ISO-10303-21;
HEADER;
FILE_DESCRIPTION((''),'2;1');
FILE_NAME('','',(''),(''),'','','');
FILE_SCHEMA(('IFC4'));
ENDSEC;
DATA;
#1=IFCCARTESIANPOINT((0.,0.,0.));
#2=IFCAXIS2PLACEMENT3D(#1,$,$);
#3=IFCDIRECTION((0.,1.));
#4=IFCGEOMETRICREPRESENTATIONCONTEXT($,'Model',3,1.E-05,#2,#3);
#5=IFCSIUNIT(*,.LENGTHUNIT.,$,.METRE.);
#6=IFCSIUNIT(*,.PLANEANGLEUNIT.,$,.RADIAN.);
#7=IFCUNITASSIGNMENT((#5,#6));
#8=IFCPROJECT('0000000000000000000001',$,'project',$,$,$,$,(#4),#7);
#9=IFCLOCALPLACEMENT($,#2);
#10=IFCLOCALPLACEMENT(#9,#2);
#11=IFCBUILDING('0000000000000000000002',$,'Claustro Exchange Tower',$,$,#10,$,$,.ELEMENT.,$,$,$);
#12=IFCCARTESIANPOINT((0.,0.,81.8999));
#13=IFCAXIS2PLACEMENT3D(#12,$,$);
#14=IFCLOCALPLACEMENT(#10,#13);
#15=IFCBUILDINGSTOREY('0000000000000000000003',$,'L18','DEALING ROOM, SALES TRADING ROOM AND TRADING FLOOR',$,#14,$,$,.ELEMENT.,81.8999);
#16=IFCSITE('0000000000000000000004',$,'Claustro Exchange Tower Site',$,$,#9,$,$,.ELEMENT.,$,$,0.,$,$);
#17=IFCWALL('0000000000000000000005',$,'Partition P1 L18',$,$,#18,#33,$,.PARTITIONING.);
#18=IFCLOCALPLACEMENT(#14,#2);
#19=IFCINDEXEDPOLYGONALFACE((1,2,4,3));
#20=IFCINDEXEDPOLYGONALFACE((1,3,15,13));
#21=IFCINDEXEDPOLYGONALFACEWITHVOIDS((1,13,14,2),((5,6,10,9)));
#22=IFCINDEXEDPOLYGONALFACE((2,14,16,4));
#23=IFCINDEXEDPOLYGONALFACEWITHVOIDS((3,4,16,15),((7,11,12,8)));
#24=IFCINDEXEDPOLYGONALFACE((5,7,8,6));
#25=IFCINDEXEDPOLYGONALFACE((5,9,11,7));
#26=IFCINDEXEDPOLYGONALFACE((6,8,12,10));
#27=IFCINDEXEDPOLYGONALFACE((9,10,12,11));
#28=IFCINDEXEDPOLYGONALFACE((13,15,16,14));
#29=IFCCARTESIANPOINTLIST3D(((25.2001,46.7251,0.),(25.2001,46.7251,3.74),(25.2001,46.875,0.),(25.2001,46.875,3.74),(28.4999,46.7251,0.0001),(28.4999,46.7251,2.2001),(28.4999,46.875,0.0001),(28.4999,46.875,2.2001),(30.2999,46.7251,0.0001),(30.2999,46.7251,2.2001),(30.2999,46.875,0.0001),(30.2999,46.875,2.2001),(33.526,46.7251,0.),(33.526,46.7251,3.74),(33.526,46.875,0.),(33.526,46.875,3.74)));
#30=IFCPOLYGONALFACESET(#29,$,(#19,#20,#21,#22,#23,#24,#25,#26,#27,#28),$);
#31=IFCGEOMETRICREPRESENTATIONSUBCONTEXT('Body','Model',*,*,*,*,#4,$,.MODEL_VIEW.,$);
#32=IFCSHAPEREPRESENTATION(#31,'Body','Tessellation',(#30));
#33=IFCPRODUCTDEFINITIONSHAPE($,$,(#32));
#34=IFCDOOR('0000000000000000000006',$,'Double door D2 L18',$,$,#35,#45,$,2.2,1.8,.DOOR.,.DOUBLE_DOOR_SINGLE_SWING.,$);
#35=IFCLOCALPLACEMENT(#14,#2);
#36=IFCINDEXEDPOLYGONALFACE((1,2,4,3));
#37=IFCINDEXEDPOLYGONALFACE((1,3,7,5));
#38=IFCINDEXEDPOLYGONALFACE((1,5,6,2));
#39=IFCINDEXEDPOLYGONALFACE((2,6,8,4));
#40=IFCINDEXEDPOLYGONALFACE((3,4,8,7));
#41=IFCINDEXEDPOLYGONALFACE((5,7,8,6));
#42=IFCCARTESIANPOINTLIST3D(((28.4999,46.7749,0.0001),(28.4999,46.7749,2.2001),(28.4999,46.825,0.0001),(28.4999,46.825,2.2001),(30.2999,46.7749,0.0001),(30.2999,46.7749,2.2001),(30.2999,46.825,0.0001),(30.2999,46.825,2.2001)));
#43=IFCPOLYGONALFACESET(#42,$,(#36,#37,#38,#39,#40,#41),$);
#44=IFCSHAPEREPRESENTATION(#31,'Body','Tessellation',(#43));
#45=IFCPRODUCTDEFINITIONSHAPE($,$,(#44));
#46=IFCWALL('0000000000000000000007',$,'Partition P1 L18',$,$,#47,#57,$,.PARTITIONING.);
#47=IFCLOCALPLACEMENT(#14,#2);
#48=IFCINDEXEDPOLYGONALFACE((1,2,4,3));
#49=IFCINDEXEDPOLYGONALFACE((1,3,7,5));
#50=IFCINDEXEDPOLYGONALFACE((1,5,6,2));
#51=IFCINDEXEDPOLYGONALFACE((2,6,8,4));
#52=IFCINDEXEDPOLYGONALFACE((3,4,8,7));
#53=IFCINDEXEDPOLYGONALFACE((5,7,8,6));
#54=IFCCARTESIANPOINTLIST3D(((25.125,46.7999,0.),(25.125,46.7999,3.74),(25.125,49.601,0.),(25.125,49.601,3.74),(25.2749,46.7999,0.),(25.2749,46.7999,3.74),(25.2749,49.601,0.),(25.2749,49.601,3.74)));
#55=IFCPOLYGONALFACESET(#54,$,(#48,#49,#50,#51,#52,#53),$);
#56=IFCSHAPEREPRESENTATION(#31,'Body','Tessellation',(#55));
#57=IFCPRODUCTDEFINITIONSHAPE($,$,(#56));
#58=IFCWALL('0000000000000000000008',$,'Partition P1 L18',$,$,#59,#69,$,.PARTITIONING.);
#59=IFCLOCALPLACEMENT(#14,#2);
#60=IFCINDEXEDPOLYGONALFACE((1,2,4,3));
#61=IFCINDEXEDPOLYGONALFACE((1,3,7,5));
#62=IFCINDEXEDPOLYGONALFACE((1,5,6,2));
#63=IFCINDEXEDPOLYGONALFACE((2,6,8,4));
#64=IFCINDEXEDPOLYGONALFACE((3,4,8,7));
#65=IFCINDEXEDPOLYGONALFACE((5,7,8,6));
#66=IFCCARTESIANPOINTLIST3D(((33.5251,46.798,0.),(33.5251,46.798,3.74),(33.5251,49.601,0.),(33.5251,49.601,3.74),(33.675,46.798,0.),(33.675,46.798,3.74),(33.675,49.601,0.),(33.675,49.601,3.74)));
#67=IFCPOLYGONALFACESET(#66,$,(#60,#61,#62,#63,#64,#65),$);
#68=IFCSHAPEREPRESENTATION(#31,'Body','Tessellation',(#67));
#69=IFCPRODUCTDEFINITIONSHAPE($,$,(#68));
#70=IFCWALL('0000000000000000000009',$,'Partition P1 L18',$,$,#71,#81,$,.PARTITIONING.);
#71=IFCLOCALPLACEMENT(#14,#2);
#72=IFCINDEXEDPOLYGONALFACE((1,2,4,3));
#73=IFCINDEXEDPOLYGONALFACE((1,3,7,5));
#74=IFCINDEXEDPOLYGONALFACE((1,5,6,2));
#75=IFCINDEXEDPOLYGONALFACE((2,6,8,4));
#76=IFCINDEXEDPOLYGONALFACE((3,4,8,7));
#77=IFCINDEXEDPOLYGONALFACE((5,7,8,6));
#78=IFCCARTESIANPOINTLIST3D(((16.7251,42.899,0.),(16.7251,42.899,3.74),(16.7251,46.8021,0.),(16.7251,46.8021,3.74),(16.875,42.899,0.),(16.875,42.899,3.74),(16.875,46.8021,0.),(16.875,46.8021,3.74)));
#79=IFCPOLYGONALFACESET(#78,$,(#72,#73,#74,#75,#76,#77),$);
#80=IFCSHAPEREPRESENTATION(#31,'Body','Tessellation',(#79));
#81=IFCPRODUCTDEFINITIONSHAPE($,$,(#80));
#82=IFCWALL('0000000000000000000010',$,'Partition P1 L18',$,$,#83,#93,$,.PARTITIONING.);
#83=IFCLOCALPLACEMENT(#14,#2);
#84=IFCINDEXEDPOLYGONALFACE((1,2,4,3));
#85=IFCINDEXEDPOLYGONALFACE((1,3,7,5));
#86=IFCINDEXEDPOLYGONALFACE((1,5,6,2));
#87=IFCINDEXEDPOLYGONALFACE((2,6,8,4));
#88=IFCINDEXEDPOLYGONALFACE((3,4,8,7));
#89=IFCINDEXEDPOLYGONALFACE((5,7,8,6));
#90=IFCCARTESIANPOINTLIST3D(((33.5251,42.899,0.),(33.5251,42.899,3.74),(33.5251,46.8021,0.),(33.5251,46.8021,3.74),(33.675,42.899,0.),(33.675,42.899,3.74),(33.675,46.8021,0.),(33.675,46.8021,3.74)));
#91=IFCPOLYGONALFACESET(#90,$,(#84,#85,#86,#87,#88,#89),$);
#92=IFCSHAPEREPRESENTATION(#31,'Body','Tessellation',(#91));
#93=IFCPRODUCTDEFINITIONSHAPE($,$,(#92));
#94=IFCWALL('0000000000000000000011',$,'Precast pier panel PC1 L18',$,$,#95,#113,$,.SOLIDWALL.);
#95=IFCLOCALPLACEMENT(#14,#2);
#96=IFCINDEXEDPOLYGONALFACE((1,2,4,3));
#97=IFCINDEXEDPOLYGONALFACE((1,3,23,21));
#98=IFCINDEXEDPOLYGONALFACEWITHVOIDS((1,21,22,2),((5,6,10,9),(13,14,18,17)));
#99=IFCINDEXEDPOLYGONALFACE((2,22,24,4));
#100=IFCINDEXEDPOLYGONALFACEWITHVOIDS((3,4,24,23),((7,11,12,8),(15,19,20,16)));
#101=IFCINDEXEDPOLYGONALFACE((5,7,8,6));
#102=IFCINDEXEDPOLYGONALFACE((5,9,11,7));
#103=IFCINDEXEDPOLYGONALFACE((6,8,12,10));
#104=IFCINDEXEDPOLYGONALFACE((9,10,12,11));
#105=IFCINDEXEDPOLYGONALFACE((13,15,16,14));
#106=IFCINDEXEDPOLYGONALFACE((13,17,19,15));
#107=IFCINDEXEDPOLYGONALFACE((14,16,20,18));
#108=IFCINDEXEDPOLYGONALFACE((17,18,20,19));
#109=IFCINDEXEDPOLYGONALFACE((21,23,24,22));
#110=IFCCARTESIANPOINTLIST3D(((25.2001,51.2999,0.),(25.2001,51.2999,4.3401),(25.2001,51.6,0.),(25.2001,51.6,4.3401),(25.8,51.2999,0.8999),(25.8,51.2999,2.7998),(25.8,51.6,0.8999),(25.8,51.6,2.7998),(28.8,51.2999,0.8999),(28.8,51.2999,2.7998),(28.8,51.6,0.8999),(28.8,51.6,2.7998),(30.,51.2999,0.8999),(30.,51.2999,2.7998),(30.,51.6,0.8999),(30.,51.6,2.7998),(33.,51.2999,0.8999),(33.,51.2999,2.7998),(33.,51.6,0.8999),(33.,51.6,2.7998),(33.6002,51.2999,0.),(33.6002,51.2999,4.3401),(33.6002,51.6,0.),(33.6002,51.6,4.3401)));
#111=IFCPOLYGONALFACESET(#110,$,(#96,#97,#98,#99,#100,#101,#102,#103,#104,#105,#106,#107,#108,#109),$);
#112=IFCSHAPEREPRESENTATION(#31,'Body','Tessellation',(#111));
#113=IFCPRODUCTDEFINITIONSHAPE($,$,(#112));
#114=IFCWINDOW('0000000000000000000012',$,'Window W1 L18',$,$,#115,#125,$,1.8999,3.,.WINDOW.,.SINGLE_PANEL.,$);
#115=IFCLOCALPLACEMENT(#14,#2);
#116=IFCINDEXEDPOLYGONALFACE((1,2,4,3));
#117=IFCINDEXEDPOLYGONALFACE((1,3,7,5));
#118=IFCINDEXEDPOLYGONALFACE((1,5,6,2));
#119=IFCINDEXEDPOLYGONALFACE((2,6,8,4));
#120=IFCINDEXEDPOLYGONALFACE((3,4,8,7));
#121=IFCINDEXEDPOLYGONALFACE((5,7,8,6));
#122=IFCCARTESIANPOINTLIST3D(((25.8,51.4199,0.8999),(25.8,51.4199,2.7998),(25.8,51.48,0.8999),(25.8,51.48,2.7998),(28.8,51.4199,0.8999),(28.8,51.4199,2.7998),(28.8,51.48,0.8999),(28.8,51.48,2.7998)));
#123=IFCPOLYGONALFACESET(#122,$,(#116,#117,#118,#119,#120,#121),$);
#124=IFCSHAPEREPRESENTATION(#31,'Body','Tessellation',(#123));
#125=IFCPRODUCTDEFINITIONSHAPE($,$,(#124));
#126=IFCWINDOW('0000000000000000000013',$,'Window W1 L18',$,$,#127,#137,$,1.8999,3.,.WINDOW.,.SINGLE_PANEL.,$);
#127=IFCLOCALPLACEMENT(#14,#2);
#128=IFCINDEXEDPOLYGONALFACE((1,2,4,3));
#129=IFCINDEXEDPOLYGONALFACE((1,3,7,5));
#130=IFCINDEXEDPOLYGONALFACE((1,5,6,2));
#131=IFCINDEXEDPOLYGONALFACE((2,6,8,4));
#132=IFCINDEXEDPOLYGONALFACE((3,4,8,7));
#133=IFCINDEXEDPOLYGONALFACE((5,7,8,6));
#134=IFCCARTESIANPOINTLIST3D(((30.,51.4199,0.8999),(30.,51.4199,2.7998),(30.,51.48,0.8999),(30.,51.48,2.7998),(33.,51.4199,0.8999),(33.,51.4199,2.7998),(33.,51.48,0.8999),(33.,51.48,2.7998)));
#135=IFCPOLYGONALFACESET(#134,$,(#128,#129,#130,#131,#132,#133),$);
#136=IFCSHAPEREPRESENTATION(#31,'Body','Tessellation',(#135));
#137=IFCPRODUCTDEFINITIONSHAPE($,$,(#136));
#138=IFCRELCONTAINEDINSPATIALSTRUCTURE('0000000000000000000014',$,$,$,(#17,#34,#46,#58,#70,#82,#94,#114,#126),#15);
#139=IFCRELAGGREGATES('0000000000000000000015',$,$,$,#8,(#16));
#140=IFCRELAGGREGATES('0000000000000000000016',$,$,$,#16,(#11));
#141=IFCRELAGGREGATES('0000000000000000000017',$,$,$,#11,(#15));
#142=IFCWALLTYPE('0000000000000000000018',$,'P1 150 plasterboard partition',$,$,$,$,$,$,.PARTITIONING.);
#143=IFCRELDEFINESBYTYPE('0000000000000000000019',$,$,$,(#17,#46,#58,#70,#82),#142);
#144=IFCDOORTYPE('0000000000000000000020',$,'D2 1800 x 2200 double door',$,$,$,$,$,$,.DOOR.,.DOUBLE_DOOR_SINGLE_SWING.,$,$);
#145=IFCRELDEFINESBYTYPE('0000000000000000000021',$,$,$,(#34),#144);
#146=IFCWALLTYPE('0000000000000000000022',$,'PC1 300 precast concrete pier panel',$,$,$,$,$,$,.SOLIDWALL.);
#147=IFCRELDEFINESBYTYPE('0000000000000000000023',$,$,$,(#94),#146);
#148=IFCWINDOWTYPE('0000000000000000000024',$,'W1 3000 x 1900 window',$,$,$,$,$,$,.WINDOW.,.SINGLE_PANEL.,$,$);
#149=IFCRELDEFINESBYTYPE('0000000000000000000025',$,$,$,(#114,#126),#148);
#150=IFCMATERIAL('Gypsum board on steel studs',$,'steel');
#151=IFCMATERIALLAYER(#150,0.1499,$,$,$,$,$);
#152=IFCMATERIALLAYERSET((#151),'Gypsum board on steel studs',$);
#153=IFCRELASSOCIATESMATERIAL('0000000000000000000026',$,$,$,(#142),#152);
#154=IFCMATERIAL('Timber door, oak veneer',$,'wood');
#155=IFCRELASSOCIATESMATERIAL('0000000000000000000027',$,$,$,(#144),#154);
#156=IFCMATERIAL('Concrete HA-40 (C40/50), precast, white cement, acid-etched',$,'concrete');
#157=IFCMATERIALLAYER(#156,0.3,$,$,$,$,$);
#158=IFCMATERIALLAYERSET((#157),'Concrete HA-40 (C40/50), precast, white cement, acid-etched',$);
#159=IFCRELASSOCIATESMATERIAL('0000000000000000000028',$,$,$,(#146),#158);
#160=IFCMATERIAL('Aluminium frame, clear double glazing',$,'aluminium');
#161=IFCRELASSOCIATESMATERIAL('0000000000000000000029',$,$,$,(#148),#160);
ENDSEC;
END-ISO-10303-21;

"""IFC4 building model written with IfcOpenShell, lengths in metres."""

from ifc_helpers import new_model, si_unit, direction, frame, frame_2d, origin, place, context, subcontext, project, spatial, rectangle, extrude, material, layer, layer_set, type_object, element, fill, save


model = new_model("IFC4")

# Units and contexts
model_context = context("Model", 3, precision=1e-05, world=origin(), true_north=direction((0.0, 1.0)))
body_context = subcontext(model_context, "Body", "Model", "MODEL_VIEW")
ifc_project = project(units=[si_unit("LENGTHUNIT", "METRE"), si_unit("PLANEANGLEUNIT", "RADIAN")], contexts=[model_context])

# Site, building, storey
site_placement = place(None, origin())
site = spatial("IfcSite", under=ifc_project, at=site_placement, Name="Claustro Exchange Tower Site", CompositionType="ELEMENT", RefElevation=0.0)
building_placement = place(site_placement, origin())
building = spatial("IfcBuilding", under=site, at=building_placement, Name="Claustro Exchange Tower", CompositionType="ELEMENT")
storey_placement = place(building_placement, frame((0.0, 0.0, 81.8999)))
storey = spatial("IfcBuildingStorey", under=building, at=storey_placement, Name="L18", Description="DEALING ROOM, SALES TRADING ROOM AND TRADING FLOOR", CompositionType="ELEMENT", Elevation=81.8999)

# Wall, opening, door
ifc_material_1 = material(Name="Gypsum board on steel studs", Category="steel")
ifc_layer_1 = layer(ifc_material_1, 0.1499)
ifc_layer_set_1 = layer_set([ifc_layer_1], Name="Gypsum board on steel studs")
wall_type_1 = type_object("IfcWallType", Name="P1 150 plasterboard partition", PredefinedType="PARTITIONING", material=ifc_layer_set_1)
wall_1_placement = place(storey_placement, frame((25.2, 46.8, 0.0), z_axis=(0.0, 0.0, 1.0), x_axis=(1.0, 0.0, 0.0)))
wall_1 = element("IfcWall", 1, at=wall_1_placement, inside=storey, type_object=wall_type_1, Name="Partition P1 L18", PredefinedType="PARTITIONING", context=body_context, shape_type="SweptSolid", body=[
    extrude(rectangle(XDim=8.3259, YDim=0.1499, at=frame_2d((4.1631, 0.0))), origin(), (0.0, 0.0, 1.0), 3.74),
])
opening_1_placement = place(wall_1_placement, frame((3.3, 0.0, 0.0)))
opening_1 = element("IfcOpeningElement", 2, at=opening_1_placement, cuts=wall_1, PredefinedType="OPENING", context=body_context, shape_type="SweptSolid", body=[
    extrude(rectangle(XDim=1.8, YDim=2.2, at=frame_2d((0.8999, 1.1001))), frame((0.0, 0.085, 0.0), z_axis=(0.0, -1.0, 0.0), x_axis=(1.0, 0.0, 0.0)), (0.0, 0.0, 1.0), 0.1699),
])
ifc_material_2 = material(Name="Timber door, oak veneer", Category="wood")
door_type = type_object("IfcDoorType", Name="D2 1800 x 2200 double door", OperationType="DOUBLE_DOOR_SINGLE_SWING", PredefinedType="DOOR", material=ifc_material_2)
door_placement = place(opening_1_placement, origin())
door = element("IfcDoor", 3, at=door_placement, inside=storey, type_object=door_type, Name="Double door D2 L18", OperationType="DOUBLE_DOOR_SINGLE_SWING", OverallHeight=2.2, OverallWidth=1.8, PredefinedType="DOOR", context=body_context, shape_type="SweptSolid", body=[
    extrude(rectangle(XDim=1.8, YDim=2.2, at=frame_2d((0.8999, 1.1001))), frame((0.0, 0.0249, 0.0), z_axis=(0.0, -1.0, 0.0), x_axis=(1.0, 0.0, 0.0)), (0.0, 0.0, 1.0), 0.05),
])
fill(opening_1, door)

# Walls
wall_2_placement = place(storey_placement, frame((25.2, 46.8, 0.0), z_axis=(0.0, 0.0, 1.0), x_axis=(0.0, 1.0, 0.0)))
element("IfcWall", 4, at=wall_2_placement, inside=storey, type_object=wall_type_1, Name="Partition P1 L18", PredefinedType="PARTITIONING", context=body_context, shape_type="SweptSolid", body=[
    extrude(rectangle(XDim=2.801, YDim=0.1499, at=frame_2d((1.4004, 0.0))), origin(), (0.0, 0.0, 1.0), 3.74),
])
wall_3_placement = place(storey_placement, frame((33.6001, 46.7981, 0.0), z_axis=(0.0, 0.0, 1.0), x_axis=(0.0, 1.0, 0.0)))
element("IfcWall", 5, at=wall_3_placement, inside=storey, type_object=wall_type_1, Name="Partition P1 L18", PredefinedType="PARTITIONING", context=body_context, shape_type="SweptSolid", body=[
    extrude(rectangle(XDim=2.803, YDim=0.1499, at=frame_2d((1.4014, 0.0))), origin(), (0.0, 0.0, 1.0), 3.74),
])
for number, where, z_axis, x_axis, name in (
    (6, (16.8, 42.8989, 0.0), (0.0, 0.0, 1.0), (0.0, 1.0, 0.0), "Partition P1 L18"),
    (7, (33.6001, 42.8989, 0.0), (0.0, 0.0, 1.0), (0.0, 1.0, 0.0), "Partition P1 L18"),
):
    element("IfcWall", number, at=place(storey_placement, frame(where, z_axis=z_axis, x_axis=x_axis)), inside=storey, type_object=wall_type_1, Name=name, PredefinedType="PARTITIONING", context=body_context, shape_type="SweptSolid", body=[
        extrude(rectangle(XDim=3.9031, YDim=0.1499, at=frame_2d((1.9517, 0.0))), origin(), (0.0, 0.0, 1.0), 3.74),
    ])

# Wall, openings, windows
ifc_material_3 = material(Name="Concrete HA-40 (C40/50), precast, white cement, acid-etched", Category="concrete")
ifc_layer_2 = layer(ifc_material_3, 0.3)
ifc_layer_set_2 = layer_set([ifc_layer_2], Name="Concrete HA-40 (C40/50), precast, white cement, acid-etched")
wall_type_2 = type_object("IfcWallType", Name="PC1 300 precast concrete pier panel", PredefinedType="SOLIDWALL", material=ifc_layer_set_2)
wall_4_placement = place(storey_placement, frame((25.2, 51.45, 0.0), z_axis=(0.0, 0.0, 1.0), x_axis=(1.0, 0.0, 0.0)))
wall_4 = element("IfcWall", 8, at=wall_4_placement, inside=storey, type_object=wall_type_2, Name="Precast pier panel PC1 L18", PredefinedType="SOLIDWALL", context=body_context, shape_type="SweptSolid", body=[
    extrude(rectangle(XDim=8.4001, YDim=0.3, at=frame_2d((4.2002, 0.0))), origin(), (0.0, 0.0, 1.0), 4.3401),
])
opening_2_placement = place(wall_4_placement, frame((0.6001, 0.0, 0.8999)))
opening_2 = element("IfcOpeningElement", 9, at=opening_2_placement, cuts=wall_4, PredefinedType="OPENING", context=body_context, shape_type="SweptSolid", body=[
    extrude(rectangle(XDim=3.0, YDim=1.8999, at=frame_2d((1.5, 0.95))), frame((0.0, 0.1599, 0.0), z_axis=(0.0, -1.0, 0.0), x_axis=(1.0, 0.0, 0.0)), (0.0, 0.0, 1.0), 0.3201),
])
opening_3_placement = place(wall_4_placement, frame((4.8, 0.0, 0.8999)))
opening_3 = element("IfcOpeningElement", 10, at=opening_3_placement, cuts=wall_4, PredefinedType="OPENING", context=body_context, shape_type="SweptSolid", body=[
    extrude(rectangle(XDim=3.0, YDim=1.8999, at=frame_2d((1.5, 0.95))), frame((0.0, 0.1599, 0.0), z_axis=(0.0, -1.0, 0.0), x_axis=(1.0, 0.0, 0.0)), (0.0, 0.0, 1.0), 0.3201),
])
ifc_material_4 = material(Name="Aluminium frame, clear double glazing", Category="aluminium")
window_type = type_object("IfcWindowType", Name="W1 3000 x 1900 window", PartitioningType="SINGLE_PANEL", PredefinedType="WINDOW", material=ifc_material_4)
window_1_placement = place(opening_2_placement, origin())
window_1 = element("IfcWindow", 11, at=window_1_placement, inside=storey, type_object=window_type, Name="Window W1 L18", OverallHeight=1.8999, OverallWidth=3.0, PartitioningType="SINGLE_PANEL", PredefinedType="WINDOW", context=body_context, shape_type="SweptSolid", body=[
    extrude(rectangle(XDim=3.0, YDim=1.8999, at=frame_2d((1.5, 0.95))), frame((0.0, 0.03, 0.0), z_axis=(0.0, -1.0, 0.0), x_axis=(1.0, 0.0, 0.0)), (0.0, 0.0, 1.0), 0.0601),
])
fill(opening_2, window_1)
window_2_placement = place(opening_3_placement, origin())
window_2 = element("IfcWindow", 12, at=window_2_placement, inside=storey, type_object=window_type, Name="Window W1 L18", OverallHeight=1.8999, OverallWidth=3.0, PartitioningType="SINGLE_PANEL", PredefinedType="WINDOW", context=body_context, shape_type="SweptSolid", body=[
    extrude(rectangle(XDim=3.0, YDim=1.8999, at=frame_2d((1.5, 0.95))), frame((0.0, 0.03, 0.0), z_axis=(0.0, -1.0, 0.0), x_axis=(1.0, 0.0, 0.0)), (0.0, 0.0, 1.0), 0.0601),
])
fill(opening_3, window_2)

save(model, "model.ifc")
